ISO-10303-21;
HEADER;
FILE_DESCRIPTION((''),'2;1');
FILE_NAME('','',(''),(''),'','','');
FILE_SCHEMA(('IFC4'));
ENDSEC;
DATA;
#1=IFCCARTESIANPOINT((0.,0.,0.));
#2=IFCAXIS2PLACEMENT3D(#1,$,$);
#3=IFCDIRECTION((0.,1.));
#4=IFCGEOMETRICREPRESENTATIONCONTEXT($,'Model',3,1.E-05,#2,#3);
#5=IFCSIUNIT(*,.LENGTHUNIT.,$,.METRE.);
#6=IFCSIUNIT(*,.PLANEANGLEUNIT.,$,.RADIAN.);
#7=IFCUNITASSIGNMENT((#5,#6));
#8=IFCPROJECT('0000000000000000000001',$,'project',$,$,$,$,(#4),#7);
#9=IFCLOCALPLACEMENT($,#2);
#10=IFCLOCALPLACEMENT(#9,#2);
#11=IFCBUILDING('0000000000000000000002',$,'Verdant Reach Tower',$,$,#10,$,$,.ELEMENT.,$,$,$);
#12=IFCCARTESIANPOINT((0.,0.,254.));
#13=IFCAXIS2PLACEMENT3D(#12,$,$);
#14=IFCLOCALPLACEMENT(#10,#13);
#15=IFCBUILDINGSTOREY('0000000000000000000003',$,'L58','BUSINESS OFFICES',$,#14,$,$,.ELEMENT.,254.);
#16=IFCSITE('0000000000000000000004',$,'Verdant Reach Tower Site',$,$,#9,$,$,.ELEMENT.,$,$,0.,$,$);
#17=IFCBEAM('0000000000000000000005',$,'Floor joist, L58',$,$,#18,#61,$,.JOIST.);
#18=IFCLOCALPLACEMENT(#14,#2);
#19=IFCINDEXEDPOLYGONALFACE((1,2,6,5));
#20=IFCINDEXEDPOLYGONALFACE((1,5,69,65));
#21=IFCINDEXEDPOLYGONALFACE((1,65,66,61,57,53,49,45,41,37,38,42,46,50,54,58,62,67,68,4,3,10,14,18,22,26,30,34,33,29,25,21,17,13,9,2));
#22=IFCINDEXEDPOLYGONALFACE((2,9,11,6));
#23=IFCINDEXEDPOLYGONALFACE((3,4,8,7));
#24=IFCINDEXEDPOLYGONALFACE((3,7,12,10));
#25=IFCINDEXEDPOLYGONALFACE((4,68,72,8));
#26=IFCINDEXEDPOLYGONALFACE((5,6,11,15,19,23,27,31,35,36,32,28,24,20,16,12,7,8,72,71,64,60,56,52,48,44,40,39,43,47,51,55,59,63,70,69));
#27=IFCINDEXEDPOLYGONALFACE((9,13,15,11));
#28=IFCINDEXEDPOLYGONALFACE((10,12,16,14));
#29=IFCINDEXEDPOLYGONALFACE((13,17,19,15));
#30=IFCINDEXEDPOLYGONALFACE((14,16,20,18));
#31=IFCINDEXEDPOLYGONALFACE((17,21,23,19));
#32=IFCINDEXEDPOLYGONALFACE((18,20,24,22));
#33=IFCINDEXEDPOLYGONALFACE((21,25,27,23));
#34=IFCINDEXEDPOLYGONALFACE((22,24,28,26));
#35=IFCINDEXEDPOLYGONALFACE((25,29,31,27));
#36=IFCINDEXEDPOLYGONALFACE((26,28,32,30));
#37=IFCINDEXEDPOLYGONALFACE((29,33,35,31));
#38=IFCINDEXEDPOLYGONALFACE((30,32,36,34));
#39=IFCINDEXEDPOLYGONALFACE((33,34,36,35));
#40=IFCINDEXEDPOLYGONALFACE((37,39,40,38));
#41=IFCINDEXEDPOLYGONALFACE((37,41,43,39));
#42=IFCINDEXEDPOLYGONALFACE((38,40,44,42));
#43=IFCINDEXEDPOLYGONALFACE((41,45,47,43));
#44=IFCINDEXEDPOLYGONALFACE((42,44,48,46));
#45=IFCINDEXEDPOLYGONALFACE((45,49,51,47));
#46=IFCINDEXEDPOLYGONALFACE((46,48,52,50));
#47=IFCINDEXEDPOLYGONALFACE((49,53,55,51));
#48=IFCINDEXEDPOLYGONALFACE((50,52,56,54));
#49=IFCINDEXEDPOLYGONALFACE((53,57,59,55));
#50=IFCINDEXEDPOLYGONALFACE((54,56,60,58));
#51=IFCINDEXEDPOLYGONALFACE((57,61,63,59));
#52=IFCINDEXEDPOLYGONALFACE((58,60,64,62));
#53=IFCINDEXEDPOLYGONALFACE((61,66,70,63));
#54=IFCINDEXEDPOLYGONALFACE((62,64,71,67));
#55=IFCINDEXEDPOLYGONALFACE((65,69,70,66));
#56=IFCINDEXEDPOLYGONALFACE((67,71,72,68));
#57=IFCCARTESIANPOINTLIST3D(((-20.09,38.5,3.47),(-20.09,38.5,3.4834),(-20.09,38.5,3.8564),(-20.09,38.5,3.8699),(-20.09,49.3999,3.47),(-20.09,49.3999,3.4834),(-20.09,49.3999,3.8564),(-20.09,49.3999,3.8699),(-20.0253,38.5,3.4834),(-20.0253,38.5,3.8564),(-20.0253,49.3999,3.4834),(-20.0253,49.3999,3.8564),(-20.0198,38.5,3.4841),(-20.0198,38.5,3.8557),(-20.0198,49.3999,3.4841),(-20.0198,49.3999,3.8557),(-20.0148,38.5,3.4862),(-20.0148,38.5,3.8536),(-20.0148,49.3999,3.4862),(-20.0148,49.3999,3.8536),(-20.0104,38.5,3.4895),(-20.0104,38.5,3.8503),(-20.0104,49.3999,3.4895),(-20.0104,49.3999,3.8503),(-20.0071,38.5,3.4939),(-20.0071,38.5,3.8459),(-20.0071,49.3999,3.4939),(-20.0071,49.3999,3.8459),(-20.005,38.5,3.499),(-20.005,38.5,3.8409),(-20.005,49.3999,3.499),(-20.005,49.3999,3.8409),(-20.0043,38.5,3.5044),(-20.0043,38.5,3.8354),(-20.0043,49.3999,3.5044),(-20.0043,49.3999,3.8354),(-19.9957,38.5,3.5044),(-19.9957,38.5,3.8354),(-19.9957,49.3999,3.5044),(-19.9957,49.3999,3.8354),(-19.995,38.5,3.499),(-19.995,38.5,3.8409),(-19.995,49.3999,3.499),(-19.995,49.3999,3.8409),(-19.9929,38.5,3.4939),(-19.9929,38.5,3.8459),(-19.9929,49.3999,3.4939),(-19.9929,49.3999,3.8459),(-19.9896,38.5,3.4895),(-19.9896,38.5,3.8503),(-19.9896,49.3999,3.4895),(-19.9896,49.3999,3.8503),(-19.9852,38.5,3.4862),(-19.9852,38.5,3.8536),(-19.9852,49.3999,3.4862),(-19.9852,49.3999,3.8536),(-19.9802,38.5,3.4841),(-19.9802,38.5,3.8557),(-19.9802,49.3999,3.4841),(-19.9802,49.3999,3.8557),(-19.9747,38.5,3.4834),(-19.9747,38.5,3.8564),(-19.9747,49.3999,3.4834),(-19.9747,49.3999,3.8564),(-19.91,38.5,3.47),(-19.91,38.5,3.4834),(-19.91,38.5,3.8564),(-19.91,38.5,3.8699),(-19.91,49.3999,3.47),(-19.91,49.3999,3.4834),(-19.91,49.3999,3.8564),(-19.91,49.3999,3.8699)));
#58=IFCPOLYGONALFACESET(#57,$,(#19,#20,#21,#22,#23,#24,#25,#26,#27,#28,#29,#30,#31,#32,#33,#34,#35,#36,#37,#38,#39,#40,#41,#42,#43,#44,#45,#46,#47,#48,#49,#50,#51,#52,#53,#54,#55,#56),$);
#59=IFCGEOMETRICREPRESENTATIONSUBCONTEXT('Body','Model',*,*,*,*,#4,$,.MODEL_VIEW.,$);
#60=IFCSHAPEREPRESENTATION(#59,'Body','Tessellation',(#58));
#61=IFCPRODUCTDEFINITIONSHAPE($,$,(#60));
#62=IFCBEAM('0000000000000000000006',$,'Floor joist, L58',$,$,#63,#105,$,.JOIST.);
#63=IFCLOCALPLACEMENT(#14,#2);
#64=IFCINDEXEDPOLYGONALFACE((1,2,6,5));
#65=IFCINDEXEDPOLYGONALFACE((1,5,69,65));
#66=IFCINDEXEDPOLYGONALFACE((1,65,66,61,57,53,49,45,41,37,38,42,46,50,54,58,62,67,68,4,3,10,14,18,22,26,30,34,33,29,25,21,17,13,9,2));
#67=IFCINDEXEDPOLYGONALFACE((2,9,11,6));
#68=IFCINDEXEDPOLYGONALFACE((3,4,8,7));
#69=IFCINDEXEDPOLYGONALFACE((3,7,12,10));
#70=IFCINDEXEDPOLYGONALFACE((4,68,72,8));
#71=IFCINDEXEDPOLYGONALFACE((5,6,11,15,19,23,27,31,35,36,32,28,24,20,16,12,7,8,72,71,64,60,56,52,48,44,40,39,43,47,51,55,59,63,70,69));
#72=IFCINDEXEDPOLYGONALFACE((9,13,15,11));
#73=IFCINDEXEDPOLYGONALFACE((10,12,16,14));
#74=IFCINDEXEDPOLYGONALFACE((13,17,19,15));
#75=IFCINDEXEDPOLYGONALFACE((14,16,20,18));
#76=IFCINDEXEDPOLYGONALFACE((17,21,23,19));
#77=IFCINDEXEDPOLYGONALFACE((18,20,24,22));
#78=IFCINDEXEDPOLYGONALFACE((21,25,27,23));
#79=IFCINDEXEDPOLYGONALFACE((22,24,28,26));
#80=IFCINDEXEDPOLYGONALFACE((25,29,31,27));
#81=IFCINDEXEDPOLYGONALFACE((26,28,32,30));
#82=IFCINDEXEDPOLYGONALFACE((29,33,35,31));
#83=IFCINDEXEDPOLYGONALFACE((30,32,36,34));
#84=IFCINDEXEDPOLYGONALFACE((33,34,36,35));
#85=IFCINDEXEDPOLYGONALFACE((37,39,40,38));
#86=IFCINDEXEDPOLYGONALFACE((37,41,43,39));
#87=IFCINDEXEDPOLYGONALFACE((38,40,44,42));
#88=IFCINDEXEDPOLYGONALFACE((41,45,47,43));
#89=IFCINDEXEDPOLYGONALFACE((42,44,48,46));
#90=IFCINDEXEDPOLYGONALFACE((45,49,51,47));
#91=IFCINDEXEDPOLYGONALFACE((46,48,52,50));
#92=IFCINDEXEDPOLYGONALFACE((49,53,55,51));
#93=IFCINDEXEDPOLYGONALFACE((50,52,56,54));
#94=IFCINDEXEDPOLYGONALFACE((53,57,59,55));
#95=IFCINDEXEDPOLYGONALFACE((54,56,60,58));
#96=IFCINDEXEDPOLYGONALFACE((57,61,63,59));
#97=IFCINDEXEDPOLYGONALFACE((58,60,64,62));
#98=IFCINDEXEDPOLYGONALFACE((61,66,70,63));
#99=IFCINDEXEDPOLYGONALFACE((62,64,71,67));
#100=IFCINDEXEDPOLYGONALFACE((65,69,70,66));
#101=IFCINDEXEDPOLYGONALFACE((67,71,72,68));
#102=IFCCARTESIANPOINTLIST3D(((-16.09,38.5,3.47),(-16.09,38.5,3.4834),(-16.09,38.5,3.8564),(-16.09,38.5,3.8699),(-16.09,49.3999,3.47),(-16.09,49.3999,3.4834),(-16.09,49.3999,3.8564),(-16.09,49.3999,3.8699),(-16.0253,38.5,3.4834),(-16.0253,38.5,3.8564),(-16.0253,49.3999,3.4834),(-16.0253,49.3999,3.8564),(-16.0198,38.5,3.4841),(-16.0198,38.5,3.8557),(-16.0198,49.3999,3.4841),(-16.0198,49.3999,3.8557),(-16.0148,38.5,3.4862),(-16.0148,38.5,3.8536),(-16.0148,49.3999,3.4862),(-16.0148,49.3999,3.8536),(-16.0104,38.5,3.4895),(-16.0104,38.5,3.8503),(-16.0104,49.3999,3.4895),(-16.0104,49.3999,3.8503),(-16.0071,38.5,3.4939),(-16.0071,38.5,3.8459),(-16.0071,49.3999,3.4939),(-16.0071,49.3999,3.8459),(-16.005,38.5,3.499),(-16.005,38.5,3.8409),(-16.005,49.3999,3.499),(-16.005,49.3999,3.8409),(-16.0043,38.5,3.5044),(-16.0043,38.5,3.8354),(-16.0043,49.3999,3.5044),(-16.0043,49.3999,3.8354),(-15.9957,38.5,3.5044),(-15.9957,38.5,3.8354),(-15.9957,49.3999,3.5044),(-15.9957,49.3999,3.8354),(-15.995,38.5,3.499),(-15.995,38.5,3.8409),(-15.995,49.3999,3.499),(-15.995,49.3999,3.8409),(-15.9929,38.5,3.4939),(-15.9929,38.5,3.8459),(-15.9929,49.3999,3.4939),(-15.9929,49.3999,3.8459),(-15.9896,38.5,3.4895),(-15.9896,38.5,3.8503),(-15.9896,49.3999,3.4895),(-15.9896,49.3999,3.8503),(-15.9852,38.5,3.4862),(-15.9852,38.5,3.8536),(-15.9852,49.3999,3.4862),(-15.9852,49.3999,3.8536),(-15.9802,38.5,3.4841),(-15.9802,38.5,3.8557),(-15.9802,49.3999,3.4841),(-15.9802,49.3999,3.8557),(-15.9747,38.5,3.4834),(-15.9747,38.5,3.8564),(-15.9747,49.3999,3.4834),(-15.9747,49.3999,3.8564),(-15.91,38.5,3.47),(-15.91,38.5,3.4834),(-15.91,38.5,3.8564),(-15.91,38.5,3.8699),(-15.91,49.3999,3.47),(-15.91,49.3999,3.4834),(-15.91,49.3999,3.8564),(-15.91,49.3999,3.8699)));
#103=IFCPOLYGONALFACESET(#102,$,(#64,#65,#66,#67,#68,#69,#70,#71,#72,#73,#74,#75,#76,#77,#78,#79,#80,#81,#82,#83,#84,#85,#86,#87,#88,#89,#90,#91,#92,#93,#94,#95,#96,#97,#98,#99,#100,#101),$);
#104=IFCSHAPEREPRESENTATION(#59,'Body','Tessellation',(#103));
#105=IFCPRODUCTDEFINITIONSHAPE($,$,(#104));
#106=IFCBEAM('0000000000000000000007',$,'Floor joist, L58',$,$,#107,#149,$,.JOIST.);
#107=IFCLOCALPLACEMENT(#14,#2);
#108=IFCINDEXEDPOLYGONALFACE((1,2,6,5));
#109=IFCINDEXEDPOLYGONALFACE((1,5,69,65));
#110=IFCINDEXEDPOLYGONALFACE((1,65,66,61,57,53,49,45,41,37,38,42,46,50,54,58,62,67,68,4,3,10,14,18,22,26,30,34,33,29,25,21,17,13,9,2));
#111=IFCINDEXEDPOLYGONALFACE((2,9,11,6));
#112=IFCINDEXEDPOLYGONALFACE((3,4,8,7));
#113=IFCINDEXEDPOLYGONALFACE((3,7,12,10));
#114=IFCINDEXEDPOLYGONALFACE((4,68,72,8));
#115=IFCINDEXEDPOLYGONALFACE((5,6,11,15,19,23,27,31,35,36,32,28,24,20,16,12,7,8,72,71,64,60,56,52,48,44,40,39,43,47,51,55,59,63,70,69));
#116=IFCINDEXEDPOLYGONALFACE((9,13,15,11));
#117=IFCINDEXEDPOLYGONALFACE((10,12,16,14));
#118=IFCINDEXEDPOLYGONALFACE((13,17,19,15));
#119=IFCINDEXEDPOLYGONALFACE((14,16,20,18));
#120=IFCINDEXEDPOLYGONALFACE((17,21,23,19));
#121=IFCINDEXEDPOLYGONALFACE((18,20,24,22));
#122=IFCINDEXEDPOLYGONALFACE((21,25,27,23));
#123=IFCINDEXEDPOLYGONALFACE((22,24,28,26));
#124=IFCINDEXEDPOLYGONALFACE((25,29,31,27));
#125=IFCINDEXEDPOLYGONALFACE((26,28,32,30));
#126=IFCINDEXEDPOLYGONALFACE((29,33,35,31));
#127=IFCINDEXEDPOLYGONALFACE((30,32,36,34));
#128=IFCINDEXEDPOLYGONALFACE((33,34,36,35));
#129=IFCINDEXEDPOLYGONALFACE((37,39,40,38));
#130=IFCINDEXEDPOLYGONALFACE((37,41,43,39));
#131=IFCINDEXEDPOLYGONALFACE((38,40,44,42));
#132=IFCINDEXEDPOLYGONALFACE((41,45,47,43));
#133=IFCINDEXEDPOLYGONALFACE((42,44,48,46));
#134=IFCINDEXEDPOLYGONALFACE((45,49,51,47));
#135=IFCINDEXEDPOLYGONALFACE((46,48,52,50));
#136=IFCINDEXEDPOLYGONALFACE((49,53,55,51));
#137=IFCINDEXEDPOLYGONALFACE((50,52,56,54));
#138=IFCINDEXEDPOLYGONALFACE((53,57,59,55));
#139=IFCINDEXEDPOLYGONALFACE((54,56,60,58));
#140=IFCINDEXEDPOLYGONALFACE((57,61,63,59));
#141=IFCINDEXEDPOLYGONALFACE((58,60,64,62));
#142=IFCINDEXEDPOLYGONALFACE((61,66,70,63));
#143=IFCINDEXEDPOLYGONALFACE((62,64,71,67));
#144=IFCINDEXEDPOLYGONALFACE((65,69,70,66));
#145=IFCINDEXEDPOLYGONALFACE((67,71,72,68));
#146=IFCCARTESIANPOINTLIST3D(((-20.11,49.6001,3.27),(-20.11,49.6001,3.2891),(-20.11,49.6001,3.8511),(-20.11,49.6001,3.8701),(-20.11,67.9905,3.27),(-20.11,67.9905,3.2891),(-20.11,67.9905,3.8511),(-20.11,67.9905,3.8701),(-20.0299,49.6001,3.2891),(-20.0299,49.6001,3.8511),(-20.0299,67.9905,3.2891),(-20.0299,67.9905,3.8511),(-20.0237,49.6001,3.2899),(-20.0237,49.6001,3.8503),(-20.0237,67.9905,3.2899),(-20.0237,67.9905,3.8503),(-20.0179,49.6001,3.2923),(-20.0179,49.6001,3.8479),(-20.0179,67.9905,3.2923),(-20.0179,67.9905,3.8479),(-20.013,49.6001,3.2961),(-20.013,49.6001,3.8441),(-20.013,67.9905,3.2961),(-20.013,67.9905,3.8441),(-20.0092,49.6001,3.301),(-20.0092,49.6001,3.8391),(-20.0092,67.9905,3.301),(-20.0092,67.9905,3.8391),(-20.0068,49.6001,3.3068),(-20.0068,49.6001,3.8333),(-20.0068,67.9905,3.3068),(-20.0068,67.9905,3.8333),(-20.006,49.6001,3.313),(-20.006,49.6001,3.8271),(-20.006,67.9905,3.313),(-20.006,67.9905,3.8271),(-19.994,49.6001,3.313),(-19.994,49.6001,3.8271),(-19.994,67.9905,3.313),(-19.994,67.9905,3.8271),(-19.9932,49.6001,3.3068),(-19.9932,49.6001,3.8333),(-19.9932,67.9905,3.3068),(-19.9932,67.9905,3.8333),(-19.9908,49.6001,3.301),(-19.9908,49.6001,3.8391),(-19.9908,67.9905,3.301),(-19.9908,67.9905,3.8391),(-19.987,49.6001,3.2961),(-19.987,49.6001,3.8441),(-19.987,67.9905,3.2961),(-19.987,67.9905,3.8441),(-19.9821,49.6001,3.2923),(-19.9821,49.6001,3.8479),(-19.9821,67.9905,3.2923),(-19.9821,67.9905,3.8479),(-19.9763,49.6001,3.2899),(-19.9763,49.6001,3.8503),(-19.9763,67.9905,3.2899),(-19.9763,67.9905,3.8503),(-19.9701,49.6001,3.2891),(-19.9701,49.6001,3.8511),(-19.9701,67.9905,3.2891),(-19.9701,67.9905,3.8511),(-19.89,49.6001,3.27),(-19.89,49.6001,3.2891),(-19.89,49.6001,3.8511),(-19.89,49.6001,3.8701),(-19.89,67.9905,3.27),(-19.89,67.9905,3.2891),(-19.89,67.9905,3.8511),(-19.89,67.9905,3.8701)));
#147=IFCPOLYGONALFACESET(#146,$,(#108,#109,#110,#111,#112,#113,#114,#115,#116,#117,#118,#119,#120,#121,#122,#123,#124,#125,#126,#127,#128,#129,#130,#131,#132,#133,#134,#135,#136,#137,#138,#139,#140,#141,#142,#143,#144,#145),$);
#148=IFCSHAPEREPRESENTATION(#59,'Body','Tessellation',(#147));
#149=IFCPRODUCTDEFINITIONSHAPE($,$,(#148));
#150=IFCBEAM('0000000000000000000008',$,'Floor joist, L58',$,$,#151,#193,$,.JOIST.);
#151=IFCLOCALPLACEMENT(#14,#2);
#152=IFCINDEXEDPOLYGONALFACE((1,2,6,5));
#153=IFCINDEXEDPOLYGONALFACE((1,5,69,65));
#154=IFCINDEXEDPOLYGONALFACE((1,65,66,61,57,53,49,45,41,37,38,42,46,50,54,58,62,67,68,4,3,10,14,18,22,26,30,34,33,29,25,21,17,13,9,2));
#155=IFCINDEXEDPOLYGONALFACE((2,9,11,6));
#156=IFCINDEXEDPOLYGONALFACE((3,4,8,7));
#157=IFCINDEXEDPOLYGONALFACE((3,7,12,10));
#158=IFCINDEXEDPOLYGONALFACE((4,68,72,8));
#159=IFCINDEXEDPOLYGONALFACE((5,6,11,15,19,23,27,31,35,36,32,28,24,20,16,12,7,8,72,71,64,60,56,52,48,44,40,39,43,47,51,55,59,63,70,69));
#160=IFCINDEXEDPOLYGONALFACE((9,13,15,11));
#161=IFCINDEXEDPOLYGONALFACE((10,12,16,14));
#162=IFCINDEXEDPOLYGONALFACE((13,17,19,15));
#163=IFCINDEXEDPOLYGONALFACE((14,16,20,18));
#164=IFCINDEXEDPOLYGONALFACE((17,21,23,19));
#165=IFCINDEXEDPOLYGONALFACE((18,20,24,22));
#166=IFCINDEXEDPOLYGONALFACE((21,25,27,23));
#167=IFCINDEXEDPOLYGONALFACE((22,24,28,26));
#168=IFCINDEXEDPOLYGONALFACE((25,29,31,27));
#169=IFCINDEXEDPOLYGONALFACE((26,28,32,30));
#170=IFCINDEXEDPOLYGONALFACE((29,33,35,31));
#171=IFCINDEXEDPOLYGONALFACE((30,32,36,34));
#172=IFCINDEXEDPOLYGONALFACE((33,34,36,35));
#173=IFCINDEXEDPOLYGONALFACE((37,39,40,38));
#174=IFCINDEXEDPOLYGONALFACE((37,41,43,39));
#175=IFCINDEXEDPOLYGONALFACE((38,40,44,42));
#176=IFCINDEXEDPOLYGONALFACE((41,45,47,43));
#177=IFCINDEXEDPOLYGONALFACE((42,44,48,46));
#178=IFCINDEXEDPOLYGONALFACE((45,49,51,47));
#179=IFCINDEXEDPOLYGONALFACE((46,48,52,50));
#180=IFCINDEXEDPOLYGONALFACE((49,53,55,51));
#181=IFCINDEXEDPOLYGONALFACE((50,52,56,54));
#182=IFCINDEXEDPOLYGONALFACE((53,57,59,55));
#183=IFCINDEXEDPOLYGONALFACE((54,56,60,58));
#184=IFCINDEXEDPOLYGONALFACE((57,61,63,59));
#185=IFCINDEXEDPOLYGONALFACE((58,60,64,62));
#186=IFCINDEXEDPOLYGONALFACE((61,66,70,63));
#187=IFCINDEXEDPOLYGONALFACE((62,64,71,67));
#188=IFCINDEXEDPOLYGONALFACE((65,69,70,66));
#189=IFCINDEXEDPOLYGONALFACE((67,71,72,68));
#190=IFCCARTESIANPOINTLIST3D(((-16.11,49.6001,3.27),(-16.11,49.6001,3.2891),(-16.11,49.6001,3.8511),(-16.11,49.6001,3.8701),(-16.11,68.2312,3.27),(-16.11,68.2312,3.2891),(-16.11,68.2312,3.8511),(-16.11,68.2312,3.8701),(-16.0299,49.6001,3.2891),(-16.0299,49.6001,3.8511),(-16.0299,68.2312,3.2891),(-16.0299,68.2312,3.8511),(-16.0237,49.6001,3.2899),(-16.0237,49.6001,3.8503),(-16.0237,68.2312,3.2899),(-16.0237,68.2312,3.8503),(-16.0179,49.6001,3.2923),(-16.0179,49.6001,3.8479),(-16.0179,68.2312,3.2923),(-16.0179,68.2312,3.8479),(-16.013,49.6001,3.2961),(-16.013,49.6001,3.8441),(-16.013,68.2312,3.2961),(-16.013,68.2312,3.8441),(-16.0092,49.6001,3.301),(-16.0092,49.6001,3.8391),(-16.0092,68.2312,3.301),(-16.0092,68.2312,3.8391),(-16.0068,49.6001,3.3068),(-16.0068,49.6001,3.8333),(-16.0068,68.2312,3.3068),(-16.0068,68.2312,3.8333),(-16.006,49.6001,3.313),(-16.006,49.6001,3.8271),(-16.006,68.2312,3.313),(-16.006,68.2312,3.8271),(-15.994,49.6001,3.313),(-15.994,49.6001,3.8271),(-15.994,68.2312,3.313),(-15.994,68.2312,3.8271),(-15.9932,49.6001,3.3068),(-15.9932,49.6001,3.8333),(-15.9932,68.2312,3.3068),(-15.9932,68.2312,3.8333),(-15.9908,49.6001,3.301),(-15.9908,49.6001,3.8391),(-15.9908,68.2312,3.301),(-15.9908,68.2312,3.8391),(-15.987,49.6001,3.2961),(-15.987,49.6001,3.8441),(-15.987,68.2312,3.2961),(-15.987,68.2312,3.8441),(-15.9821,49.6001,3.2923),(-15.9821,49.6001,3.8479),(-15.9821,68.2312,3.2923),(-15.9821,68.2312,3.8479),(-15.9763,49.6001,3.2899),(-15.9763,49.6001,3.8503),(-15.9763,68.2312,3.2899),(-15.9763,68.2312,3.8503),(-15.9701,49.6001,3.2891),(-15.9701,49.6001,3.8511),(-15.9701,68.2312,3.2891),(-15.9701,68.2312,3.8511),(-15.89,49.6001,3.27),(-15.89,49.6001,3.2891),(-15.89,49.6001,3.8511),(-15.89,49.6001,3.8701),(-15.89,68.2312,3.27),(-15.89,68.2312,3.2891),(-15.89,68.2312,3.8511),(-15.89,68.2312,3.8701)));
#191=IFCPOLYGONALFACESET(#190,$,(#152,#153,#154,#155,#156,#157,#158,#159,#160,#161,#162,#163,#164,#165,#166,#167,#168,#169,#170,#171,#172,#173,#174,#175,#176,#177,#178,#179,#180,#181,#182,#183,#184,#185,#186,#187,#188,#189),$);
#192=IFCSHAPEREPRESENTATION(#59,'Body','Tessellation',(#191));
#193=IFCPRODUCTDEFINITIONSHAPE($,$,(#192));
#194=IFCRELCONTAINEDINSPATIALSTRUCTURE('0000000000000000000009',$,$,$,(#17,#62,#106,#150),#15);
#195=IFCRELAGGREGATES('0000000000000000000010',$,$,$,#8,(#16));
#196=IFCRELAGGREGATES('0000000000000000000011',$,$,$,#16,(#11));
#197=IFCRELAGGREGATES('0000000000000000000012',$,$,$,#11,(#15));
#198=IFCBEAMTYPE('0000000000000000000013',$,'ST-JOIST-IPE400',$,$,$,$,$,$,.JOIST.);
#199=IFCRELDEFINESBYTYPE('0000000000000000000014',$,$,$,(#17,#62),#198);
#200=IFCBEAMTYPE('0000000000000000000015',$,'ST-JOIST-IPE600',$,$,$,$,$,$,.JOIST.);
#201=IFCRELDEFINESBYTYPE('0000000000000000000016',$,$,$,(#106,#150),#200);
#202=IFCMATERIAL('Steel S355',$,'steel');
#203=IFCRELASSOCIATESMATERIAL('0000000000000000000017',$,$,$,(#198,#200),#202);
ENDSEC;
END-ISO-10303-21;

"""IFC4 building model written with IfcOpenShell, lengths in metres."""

from ifc_helpers import new_model, si_unit, direction, frame, origin, origin_2d, place, context, subcontext, project, spatial, i_section, extrude, material, material_profile, profile_set, type_object, element, save


model = new_model("IFC4")

# Units and contexts
model_context = context("Model", 3, precision=1e-05, world=origin(), true_north=direction((0.0, 1.0)))
body_context = subcontext(model_context, "Body", "Model", "MODEL_VIEW")
ifc_project = project(units=[si_unit("LENGTHUNIT", "METRE"), si_unit("PLANEANGLEUNIT", "RADIAN")], contexts=[model_context])

# Site, building, storey
site_placement = place(None, origin())
site = spatial("IfcSite", under=ifc_project, at=site_placement, Name="Verdant Reach Tower Site", CompositionType="ELEMENT", RefElevation=0.0)
building_placement = place(site_placement, origin())
building = spatial("IfcBuilding", under=site, at=building_placement, Name="Verdant Reach Tower", CompositionType="ELEMENT")
storey_placement = place(building_placement, frame((0.0, 0.0, 254.0)))
storey = spatial("IfcBuildingStorey", under=building, at=storey_placement, Name="L58", Description="BUSINESS OFFICES", CompositionType="ELEMENT", Elevation=254.0)

# Beams
ifc_material_1 = material(Name="Steel S355", Category="steel")
ifc_material_profile_1 = material_profile(ifc_material_1, i_section(OverallWidth=0.1799, OverallDepth=0.3999, WebThickness=0.0085, FlangeThickness=0.0134, FilletRadius=0.021, at=origin_2d()), Name="IPE 400")
ifc_profile_set_1 = profile_set([ifc_material_profile_1], Name="Steel S355")
beam_type_1 = type_object("IfcBeamType", Name="ST-JOIST-IPE400", PredefinedType="JOIST", material=ifc_profile_set_1)
for number, where, z_axis, x_axis, name in (
    (1, (-20.0, 38.5, 3.6699), (0.0, 1.0, 0.0), (-1.0, 0.0, 0.0), "Floor joist, L58"),
    (2, (-16.0, 38.5, 3.6699), (0.0, 1.0, 0.0), (-1.0, 0.0, 0.0), "Floor joist, L58"),
):
    element("IfcBeam", number, at=place(storey_placement, frame(where, z_axis=z_axis, x_axis=x_axis)), inside=storey, type_object=beam_type_1, Name=name, PredefinedType="JOIST", context=body_context, shape_type="SweptSolid", body=[
        extrude(i_section(OverallWidth=0.1799, OverallDepth=0.3999, WebThickness=0.0085, FlangeThickness=0.0134, FilletRadius=0.021, at=origin_2d()), origin(), (0.0, 0.0, 1.0), 10.8999),
    ])
ifc_material_profile_2 = material_profile(ifc_material_1, i_section(OverallWidth=0.22, OverallDepth=0.6001, WebThickness=0.012, FlangeThickness=0.019, FilletRadius=0.0239, at=origin_2d()), Name="IPE 600")
ifc_profile_set_2 = profile_set([ifc_material_profile_2], Name="Steel S355")
beam_type_2 = type_object("IfcBeamType", Name="ST-JOIST-IPE600", PredefinedType="JOIST", material=ifc_profile_set_2)
beam_1_placement = place(storey_placement, frame((-20.0, 49.6001, 3.5701), z_axis=(0.0, 1.0, 0.0), x_axis=(-1.0, 0.0, 0.0)))
element("IfcBeam", 3, at=beam_1_placement, inside=storey, type_object=beam_type_2, Name="Floor joist, L58", PredefinedType="JOIST", context=body_context, shape_type="SweptSolid", body=[
    extrude(i_section(OverallWidth=0.22, OverallDepth=0.6001, WebThickness=0.012, FlangeThickness=0.019, FilletRadius=0.0239, at=origin_2d()), origin(), (0.0, 0.0, 1.0), 18.3904),
])
beam_2_placement = place(storey_placement, frame((-16.0, 49.6001, 3.5701), z_axis=(0.0, 1.0, 0.0), x_axis=(-1.0, 0.0, 0.0)))
element("IfcBeam", 4, at=beam_2_placement, inside=storey, type_object=beam_type_2, Name="Floor joist, L58", PredefinedType="JOIST", context=body_context, shape_type="SweptSolid", body=[
    extrude(i_section(OverallWidth=0.22, OverallDepth=0.6001, WebThickness=0.012, FlangeThickness=0.019, FilletRadius=0.0239, at=origin_2d()), origin(), (0.0, 0.0, 1.0), 18.6311),
])

save(model, "model.ifc")
